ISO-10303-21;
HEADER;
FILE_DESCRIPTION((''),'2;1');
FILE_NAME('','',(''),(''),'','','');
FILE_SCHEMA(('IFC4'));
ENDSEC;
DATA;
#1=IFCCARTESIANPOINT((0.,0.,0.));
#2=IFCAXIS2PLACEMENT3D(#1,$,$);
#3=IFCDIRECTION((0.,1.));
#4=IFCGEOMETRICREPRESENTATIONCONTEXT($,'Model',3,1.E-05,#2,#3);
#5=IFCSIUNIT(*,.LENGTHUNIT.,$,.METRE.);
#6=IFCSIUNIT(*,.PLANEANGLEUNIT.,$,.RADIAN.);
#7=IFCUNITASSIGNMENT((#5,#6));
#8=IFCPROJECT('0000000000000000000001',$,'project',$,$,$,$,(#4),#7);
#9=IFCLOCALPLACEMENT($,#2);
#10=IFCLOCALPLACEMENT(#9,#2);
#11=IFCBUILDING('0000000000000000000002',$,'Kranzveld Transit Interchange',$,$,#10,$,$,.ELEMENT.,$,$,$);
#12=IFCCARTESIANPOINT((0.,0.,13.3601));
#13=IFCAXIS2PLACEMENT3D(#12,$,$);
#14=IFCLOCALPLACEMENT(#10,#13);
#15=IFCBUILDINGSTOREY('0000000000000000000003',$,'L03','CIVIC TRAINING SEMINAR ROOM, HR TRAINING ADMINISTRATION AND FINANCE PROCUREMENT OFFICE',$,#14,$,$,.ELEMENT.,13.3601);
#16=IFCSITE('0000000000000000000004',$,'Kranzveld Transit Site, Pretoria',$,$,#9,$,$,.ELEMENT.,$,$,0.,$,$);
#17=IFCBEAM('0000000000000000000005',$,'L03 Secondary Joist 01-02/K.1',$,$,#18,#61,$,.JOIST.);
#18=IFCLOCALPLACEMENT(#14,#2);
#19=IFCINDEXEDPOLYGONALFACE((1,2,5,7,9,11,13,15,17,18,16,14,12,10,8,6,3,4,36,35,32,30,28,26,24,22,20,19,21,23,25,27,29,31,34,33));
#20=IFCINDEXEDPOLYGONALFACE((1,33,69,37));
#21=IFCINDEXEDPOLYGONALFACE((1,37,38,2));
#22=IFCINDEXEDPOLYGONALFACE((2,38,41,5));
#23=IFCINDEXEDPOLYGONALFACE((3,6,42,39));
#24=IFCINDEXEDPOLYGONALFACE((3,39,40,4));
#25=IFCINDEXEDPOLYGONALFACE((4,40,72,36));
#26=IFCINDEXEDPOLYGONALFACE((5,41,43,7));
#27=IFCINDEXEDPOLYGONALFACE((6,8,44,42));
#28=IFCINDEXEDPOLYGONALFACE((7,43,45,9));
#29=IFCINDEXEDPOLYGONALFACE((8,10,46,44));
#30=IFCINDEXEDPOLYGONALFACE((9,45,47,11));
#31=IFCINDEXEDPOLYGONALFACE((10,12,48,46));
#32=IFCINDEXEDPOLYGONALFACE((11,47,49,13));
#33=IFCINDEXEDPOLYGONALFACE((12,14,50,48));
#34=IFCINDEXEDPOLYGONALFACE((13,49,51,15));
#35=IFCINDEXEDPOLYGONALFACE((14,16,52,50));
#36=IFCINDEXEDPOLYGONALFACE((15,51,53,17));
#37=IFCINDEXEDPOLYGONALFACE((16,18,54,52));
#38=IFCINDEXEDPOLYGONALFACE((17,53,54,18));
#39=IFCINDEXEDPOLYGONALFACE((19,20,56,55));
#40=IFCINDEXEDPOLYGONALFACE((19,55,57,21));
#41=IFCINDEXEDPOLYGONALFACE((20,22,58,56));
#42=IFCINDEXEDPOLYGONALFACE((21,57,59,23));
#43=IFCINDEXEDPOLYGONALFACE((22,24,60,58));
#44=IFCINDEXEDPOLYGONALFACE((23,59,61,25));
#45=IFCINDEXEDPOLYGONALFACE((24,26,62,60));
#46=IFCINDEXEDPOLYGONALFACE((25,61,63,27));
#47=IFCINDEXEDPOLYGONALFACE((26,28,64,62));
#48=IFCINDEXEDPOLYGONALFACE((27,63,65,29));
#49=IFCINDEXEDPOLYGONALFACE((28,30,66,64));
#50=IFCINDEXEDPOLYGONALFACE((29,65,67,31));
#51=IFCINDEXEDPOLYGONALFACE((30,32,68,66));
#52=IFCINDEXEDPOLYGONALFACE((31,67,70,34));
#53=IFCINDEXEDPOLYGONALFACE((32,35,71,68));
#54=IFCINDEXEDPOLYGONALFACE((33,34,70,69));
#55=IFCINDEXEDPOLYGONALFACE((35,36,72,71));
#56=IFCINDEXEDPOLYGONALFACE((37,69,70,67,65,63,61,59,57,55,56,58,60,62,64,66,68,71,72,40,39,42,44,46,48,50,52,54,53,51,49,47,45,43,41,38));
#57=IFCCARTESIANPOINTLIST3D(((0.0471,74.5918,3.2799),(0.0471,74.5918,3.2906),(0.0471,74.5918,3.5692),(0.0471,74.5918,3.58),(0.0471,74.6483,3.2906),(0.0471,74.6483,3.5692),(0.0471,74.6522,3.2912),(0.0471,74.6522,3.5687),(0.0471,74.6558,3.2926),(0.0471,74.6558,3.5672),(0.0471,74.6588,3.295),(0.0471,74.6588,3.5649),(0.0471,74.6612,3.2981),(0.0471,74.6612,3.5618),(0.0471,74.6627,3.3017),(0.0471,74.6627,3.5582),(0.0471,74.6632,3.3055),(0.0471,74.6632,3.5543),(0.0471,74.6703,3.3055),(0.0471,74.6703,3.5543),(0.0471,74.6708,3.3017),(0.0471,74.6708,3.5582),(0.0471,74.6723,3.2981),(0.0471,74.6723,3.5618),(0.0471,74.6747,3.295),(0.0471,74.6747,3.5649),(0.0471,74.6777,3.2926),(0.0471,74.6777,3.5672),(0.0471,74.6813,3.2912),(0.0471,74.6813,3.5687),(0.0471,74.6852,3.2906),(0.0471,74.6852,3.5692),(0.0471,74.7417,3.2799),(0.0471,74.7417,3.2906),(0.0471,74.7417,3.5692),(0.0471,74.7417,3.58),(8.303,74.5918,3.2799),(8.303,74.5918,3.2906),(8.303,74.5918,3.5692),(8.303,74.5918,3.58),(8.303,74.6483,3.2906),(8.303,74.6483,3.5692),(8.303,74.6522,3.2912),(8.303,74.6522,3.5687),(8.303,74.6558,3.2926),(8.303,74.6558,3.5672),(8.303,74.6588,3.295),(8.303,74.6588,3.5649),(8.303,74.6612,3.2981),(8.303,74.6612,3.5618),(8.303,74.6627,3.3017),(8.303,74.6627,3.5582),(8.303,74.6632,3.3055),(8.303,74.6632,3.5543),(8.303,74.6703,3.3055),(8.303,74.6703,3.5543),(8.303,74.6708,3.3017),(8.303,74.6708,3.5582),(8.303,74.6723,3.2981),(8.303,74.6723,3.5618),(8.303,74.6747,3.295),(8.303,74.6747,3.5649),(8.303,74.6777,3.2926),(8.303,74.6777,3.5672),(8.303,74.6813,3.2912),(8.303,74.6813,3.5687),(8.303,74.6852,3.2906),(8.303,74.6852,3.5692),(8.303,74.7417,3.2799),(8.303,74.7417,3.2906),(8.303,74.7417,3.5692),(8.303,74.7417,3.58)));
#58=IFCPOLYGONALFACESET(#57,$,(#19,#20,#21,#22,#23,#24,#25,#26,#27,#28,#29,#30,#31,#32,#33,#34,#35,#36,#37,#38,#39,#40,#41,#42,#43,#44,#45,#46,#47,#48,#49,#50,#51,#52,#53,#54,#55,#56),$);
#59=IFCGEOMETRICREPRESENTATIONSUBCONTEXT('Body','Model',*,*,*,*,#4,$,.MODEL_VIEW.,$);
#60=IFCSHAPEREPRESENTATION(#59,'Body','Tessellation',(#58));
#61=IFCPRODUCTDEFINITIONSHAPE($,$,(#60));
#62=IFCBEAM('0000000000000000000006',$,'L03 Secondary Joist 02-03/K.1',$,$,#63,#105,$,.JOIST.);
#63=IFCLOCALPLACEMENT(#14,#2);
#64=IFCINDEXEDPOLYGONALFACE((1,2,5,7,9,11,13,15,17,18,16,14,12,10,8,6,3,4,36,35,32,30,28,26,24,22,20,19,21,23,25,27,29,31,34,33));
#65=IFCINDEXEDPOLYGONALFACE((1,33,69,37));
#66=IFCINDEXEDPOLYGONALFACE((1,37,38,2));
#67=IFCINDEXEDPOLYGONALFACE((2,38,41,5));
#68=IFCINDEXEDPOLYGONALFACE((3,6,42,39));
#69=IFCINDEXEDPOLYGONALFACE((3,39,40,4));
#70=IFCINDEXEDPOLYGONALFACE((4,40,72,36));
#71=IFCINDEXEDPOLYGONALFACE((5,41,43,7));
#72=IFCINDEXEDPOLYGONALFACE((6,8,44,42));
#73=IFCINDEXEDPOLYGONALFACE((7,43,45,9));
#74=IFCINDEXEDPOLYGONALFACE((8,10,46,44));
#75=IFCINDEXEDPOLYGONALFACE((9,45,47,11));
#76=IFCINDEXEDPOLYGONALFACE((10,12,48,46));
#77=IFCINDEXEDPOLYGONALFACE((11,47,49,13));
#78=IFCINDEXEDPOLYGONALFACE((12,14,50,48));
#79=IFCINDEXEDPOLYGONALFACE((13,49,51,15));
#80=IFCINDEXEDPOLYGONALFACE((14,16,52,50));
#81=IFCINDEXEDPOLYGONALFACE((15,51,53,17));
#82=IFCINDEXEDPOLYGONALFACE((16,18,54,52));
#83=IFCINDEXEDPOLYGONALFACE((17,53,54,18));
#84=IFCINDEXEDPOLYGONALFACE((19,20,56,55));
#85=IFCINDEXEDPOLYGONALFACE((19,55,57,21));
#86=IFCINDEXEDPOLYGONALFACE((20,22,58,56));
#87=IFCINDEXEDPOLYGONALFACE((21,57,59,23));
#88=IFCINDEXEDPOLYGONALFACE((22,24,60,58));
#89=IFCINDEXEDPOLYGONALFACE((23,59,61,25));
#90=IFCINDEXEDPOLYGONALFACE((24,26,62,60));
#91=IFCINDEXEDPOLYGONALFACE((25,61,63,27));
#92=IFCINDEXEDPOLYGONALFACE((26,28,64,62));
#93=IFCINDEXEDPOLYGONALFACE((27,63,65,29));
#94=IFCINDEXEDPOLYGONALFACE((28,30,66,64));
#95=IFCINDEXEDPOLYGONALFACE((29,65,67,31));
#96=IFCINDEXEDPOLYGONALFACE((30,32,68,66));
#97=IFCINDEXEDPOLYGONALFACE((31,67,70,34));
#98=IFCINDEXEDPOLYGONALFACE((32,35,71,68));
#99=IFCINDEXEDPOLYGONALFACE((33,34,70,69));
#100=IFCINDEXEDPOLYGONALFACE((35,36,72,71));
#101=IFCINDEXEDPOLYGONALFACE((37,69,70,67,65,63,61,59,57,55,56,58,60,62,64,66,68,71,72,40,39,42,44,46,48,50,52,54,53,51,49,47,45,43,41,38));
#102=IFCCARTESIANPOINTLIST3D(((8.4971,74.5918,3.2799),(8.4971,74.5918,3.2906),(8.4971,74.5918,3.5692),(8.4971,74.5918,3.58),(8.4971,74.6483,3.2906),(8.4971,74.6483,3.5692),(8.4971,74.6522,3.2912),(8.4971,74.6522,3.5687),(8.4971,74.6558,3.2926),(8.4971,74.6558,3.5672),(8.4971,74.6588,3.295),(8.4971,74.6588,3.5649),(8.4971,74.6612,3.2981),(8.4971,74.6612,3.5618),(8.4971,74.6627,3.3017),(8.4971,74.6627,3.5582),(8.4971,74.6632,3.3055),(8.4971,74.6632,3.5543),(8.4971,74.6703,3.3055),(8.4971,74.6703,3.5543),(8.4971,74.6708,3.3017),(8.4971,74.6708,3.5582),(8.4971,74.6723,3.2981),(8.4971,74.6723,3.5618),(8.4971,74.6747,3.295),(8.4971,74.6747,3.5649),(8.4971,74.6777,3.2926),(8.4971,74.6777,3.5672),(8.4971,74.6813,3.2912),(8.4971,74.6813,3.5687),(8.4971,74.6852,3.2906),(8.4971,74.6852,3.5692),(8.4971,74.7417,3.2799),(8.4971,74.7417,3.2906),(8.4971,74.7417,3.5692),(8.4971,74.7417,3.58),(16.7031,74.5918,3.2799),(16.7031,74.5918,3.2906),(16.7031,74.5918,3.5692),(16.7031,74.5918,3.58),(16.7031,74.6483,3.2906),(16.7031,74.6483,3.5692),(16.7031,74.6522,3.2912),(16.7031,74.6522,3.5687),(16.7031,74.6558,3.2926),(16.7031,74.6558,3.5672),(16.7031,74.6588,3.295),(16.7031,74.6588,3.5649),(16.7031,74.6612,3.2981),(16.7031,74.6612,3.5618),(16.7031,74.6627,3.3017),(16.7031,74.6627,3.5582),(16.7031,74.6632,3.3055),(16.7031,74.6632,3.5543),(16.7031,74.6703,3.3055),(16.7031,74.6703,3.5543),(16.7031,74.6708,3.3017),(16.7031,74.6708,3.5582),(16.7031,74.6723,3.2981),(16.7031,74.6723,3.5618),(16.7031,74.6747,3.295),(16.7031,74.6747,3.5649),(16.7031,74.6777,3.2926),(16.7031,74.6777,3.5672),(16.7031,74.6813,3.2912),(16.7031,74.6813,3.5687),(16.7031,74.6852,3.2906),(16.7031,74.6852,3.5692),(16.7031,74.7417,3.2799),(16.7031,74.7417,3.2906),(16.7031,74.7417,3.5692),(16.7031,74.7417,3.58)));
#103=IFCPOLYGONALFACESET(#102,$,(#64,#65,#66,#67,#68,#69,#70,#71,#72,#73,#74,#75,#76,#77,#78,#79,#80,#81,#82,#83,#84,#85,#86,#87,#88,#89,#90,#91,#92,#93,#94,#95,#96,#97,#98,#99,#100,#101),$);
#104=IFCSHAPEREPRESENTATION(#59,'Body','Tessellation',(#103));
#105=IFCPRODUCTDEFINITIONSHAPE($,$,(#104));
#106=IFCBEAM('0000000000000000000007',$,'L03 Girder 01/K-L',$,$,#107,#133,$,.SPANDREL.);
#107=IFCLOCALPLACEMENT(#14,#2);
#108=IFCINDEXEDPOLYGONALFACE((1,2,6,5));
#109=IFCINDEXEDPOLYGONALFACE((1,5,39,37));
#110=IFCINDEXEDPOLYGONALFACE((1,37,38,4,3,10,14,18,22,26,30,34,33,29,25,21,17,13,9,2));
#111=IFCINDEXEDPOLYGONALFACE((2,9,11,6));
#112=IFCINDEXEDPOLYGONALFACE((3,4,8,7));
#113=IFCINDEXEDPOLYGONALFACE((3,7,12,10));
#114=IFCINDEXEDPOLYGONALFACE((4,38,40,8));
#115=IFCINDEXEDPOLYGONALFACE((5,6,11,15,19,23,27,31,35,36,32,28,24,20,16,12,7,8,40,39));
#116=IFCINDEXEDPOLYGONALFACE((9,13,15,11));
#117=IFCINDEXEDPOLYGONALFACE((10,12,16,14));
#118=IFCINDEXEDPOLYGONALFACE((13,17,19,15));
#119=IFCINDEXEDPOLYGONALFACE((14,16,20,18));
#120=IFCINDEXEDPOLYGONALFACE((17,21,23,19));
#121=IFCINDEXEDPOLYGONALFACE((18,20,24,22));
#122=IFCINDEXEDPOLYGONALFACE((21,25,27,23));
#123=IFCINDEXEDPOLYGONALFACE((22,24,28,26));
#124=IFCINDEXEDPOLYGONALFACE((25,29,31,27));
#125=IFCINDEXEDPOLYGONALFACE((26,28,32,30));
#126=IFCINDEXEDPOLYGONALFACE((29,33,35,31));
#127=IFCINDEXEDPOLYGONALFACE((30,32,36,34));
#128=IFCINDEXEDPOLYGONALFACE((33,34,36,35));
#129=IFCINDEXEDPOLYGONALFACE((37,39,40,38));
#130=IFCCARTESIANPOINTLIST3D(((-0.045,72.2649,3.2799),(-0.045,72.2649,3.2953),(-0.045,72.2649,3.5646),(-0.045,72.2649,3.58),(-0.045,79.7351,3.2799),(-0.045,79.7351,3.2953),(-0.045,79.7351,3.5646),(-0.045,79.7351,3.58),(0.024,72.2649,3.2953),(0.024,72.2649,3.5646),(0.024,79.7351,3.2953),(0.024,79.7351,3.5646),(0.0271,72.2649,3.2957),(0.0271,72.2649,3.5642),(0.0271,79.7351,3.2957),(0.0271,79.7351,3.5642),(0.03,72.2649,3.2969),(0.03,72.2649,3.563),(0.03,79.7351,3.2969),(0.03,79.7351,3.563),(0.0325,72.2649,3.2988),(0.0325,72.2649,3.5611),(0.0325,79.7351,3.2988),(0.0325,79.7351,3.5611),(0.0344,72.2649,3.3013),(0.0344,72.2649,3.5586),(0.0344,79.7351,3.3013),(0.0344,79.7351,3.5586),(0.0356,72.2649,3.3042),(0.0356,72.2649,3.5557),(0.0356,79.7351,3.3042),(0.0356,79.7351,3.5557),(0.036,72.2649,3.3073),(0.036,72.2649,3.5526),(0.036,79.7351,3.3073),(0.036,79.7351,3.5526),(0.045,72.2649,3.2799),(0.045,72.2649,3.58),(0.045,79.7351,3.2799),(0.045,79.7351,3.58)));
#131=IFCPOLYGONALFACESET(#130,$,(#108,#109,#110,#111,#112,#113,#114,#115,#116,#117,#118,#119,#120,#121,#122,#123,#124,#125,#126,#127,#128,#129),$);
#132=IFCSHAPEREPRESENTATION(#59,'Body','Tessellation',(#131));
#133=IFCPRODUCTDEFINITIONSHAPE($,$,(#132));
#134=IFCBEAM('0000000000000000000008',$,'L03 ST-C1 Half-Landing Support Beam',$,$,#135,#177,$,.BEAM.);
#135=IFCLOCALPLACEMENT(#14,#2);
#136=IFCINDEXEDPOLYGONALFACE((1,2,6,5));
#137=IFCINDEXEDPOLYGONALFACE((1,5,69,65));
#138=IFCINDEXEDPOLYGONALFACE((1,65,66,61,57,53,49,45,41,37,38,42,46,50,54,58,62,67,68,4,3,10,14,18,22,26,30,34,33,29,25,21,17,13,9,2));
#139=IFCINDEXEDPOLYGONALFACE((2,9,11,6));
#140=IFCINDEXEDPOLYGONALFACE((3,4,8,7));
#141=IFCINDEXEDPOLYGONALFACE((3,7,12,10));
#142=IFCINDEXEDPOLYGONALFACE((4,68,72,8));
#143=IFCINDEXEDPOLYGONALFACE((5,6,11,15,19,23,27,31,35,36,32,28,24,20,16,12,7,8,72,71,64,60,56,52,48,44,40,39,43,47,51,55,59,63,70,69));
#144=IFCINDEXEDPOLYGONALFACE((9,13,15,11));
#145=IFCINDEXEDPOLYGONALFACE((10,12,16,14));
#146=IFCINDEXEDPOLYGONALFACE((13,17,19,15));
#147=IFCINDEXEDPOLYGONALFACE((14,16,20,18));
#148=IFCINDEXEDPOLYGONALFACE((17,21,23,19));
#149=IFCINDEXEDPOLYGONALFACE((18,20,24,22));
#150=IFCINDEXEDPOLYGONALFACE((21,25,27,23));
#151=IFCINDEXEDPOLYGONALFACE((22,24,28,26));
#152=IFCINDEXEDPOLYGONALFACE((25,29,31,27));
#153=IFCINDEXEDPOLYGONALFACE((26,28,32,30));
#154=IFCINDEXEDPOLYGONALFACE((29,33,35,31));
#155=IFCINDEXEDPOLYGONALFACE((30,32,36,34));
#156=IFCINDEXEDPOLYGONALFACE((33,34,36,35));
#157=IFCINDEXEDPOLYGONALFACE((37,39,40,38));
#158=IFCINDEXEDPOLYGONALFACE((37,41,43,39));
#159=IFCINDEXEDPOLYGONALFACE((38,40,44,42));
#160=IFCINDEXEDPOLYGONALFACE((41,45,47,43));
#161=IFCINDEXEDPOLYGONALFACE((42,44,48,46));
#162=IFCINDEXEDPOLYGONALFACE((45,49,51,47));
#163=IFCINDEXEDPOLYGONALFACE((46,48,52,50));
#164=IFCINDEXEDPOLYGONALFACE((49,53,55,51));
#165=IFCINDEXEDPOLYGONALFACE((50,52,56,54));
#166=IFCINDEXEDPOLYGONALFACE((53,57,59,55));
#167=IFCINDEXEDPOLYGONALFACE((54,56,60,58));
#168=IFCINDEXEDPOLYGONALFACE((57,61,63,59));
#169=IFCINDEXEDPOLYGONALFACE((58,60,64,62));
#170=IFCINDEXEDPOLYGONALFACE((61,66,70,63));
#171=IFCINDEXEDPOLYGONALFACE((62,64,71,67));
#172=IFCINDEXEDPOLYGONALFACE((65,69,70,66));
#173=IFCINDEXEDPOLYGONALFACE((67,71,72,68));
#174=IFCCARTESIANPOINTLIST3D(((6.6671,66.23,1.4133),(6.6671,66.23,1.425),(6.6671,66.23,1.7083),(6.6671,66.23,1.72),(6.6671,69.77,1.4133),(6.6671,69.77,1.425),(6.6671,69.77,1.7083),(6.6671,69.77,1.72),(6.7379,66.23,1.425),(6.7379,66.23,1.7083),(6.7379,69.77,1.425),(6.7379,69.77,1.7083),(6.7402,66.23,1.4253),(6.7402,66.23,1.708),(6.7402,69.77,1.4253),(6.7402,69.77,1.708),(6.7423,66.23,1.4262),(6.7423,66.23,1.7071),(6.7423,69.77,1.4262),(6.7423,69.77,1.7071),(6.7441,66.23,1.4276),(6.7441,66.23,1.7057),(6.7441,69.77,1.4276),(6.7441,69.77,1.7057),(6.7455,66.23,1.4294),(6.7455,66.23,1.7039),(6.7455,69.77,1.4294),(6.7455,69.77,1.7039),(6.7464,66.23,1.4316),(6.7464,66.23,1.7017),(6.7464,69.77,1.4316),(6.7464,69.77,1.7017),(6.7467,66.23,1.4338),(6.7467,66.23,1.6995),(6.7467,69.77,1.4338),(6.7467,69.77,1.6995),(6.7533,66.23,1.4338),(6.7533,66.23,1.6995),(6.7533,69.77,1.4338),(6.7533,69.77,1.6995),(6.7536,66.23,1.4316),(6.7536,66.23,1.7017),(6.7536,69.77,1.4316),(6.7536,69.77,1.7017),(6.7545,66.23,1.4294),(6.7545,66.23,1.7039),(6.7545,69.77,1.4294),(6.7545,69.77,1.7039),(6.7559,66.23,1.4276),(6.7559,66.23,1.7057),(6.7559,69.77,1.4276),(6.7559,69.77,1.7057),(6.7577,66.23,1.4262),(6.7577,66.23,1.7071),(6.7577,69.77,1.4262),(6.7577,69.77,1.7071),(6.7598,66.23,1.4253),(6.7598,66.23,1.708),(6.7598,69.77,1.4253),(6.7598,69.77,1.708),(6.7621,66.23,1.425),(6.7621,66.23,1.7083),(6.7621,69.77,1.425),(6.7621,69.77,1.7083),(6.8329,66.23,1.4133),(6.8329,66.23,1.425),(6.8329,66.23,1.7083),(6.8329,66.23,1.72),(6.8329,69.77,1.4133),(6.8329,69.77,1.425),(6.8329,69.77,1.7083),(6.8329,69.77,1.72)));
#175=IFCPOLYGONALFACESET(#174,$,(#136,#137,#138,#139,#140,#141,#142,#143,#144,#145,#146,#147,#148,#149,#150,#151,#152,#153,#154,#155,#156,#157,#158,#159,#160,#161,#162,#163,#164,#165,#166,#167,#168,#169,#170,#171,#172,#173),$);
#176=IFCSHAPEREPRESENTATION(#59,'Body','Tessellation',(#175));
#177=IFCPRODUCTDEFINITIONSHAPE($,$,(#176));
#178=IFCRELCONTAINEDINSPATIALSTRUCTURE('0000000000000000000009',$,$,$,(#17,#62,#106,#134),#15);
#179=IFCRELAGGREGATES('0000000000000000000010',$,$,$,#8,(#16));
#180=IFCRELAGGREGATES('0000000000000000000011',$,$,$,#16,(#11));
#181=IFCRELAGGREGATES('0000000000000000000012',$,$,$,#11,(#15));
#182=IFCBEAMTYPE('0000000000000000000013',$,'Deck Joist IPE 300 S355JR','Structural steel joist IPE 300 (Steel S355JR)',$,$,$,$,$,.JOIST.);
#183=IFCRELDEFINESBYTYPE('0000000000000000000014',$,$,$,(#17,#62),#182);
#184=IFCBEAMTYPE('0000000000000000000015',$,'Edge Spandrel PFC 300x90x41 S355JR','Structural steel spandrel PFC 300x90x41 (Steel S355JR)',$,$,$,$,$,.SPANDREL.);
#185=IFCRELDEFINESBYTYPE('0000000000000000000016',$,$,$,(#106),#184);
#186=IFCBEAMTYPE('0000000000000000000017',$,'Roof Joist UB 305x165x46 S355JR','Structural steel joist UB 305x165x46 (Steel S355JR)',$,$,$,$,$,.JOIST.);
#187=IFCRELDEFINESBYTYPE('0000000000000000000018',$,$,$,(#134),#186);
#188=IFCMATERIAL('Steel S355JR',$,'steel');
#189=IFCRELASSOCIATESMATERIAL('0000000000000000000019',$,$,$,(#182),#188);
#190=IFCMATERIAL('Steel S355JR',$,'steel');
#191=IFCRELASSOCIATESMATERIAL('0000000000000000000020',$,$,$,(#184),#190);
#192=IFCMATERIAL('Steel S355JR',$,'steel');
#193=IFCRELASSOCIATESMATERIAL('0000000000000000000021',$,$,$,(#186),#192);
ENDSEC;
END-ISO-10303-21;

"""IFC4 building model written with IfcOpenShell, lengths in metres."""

from ifc_helpers import new_model, si_unit, direction, frame, origin, origin_2d, place, context, subcontext, project, spatial, i_section, u_section, extrude, material, material_profile, profile_set, type_object, element, save


model = new_model("IFC4")

# Units and contexts
model_context = context("Model", 3, precision=1e-05, world=origin(), true_north=direction((0.0, 1.0)))
body_context = subcontext(model_context, "Body", "Model", "MODEL_VIEW")
ifc_project = project(units=[si_unit("LENGTHUNIT", "METRE"), si_unit("PLANEANGLEUNIT", "RADIAN")], contexts=[model_context])

# Site, building, storey
site_placement = place(None, origin())
site = spatial("IfcSite", under=ifc_project, at=site_placement, Name="Kranzveld Transit Site, Pretoria", CompositionType="ELEMENT", RefElevation=0.0)
building_placement = place(site_placement, origin())
building = spatial("IfcBuilding", under=site, at=building_placement, Name="Kranzveld Transit Interchange", CompositionType="ELEMENT")
storey_placement = place(building_placement, frame((0.0, 0.0, 13.3601)))
storey = spatial("IfcBuildingStorey", under=building, at=storey_placement, Name="L03", Description="CIVIC TRAINING SEMINAR ROOM, HR TRAINING ADMINISTRATION AND FINANCE PROCUREMENT OFFICE", CompositionType="ELEMENT", Elevation=13.3601)

# Beams
ifc_material_1 = material(Name="Steel S355JR", Category="steel")
ifc_material_profile_1 = material_profile(ifc_material_1, i_section(OverallWidth=0.1499, OverallDepth=0.3, WebThickness=0.0071, FlangeThickness=0.0107, FilletRadius=0.0149, at=origin_2d()), Name="IPE 300")
ifc_profile_set_1 = profile_set([ifc_material_profile_1], Name="Steel S355JR")
beam_type_1 = type_object("IfcBeamType", Name="Deck Joist IPE 300 S355JR", Description="Structural steel joist IPE 300 (Steel S355JR)", PredefinedType="JOIST", material=ifc_profile_set_1)
beam_1_placement = place(storey_placement, frame((0.0471, 74.6667, 3.4299), z_axis=(1.0, 0.0, 0.0), x_axis=(0.0, 1.0, 0.0)))
element("IfcBeam", 1, at=beam_1_placement, inside=storey, type_object=beam_type_1, Name="L03 Secondary Joist 01-02/K.1", PredefinedType="JOIST", context=body_context, shape_type="SweptSolid", body=[
    extrude(i_section(OverallWidth=0.1499, OverallDepth=0.3, WebThickness=0.0071, FlangeThickness=0.0107, FilletRadius=0.0149, at=origin_2d()), origin(), (0.0, 0.0, 1.0), 8.2559),
])
beam_2_placement = place(storey_placement, frame((8.4971, 74.6667, 3.4299), z_axis=(1.0, 0.0, 0.0), x_axis=(0.0, 1.0, 0.0)))
element("IfcBeam", 2, at=beam_2_placement, inside=storey, type_object=beam_type_1, Name="L03 Secondary Joist 02-03/K.1", PredefinedType="JOIST", context=body_context, shape_type="SweptSolid", body=[
    extrude(i_section(OverallWidth=0.1499, OverallDepth=0.3, WebThickness=0.0071, FlangeThickness=0.0107, FilletRadius=0.0149, at=origin_2d()), origin(), (0.0, 0.0, 1.0), 8.2061),
])
ifc_material_2 = material(Name="Steel S355JR", Category="steel")
ifc_material_profile_2 = material_profile(ifc_material_2, u_section(Depth=0.3, FlangeWidth=0.0901, WebThickness=0.009, FlangeThickness=0.0154, FilletRadius=0.012, at=origin_2d()), Name="PFC 300x90x41")
ifc_profile_set_2 = profile_set([ifc_material_profile_2], Name="Steel S355JR")
beam_type_2 = type_object("IfcBeamType", Name="Edge Spandrel PFC 300x90x41 S355JR", Description="Structural steel spandrel PFC 300x90x41 (Steel S355JR)", PredefinedType="SPANDREL", material=ifc_profile_set_2)
beam_3_placement = place(storey_placement, frame((0.0, 72.2649, 3.4299), z_axis=(0.0, 1.0, 0.0), x_axis=(-1.0, 0.0, 0.0)))
element("IfcBeam", 3, at=beam_3_placement, inside=storey, type_object=beam_type_2, Name="L03 Girder 01/K-L", PredefinedType="SPANDREL", context=body_context, shape_type="SweptSolid", body=[
    extrude(u_section(Depth=0.3, FlangeWidth=0.0901, WebThickness=0.009, FlangeThickness=0.0154, FilletRadius=0.012, at=origin_2d()), origin(), (0.0, 0.0, 1.0), 7.4702),
])
ifc_material_3 = material(Name="Steel S355JR", Category="steel")
ifc_material_profile_3 = material_profile(ifc_material_3, i_section(OverallWidth=0.1658, OverallDepth=0.3066, WebThickness=0.0066, FlangeThickness=0.0117, FilletRadius=0.0088, at=origin_2d()), Name="UB 305x165x46")
ifc_profile_set_3 = profile_set([ifc_material_profile_3], Name="Steel S355JR")
beam_type_3 = type_object("IfcBeamType", Name="Roof Joist UB 305x165x46 S355JR", Description="Structural steel joist UB 305x165x46 (Steel S355JR)", PredefinedType="JOIST", material=ifc_profile_set_3)
beam_4_placement = place(storey_placement, frame((6.75, 66.23, 1.5667), z_axis=(0.0, 1.0, 0.0), x_axis=(-1.0, 0.0, 0.0)))
element("IfcBeam", 4, at=beam_4_placement, inside=storey, type_object=beam_type_3, Name="L03 ST-C1 Half-Landing Support Beam", PredefinedType="BEAM", context=body_context, shape_type="SweptSolid", body=[
    extrude(i_section(OverallWidth=0.1658, OverallDepth=0.3066, WebThickness=0.0066, FlangeThickness=0.0117, FilletRadius=0.0088, at=origin_2d()), origin(), (0.0, 0.0, 1.0), 3.54),
])

save(model, "model.ifc")
